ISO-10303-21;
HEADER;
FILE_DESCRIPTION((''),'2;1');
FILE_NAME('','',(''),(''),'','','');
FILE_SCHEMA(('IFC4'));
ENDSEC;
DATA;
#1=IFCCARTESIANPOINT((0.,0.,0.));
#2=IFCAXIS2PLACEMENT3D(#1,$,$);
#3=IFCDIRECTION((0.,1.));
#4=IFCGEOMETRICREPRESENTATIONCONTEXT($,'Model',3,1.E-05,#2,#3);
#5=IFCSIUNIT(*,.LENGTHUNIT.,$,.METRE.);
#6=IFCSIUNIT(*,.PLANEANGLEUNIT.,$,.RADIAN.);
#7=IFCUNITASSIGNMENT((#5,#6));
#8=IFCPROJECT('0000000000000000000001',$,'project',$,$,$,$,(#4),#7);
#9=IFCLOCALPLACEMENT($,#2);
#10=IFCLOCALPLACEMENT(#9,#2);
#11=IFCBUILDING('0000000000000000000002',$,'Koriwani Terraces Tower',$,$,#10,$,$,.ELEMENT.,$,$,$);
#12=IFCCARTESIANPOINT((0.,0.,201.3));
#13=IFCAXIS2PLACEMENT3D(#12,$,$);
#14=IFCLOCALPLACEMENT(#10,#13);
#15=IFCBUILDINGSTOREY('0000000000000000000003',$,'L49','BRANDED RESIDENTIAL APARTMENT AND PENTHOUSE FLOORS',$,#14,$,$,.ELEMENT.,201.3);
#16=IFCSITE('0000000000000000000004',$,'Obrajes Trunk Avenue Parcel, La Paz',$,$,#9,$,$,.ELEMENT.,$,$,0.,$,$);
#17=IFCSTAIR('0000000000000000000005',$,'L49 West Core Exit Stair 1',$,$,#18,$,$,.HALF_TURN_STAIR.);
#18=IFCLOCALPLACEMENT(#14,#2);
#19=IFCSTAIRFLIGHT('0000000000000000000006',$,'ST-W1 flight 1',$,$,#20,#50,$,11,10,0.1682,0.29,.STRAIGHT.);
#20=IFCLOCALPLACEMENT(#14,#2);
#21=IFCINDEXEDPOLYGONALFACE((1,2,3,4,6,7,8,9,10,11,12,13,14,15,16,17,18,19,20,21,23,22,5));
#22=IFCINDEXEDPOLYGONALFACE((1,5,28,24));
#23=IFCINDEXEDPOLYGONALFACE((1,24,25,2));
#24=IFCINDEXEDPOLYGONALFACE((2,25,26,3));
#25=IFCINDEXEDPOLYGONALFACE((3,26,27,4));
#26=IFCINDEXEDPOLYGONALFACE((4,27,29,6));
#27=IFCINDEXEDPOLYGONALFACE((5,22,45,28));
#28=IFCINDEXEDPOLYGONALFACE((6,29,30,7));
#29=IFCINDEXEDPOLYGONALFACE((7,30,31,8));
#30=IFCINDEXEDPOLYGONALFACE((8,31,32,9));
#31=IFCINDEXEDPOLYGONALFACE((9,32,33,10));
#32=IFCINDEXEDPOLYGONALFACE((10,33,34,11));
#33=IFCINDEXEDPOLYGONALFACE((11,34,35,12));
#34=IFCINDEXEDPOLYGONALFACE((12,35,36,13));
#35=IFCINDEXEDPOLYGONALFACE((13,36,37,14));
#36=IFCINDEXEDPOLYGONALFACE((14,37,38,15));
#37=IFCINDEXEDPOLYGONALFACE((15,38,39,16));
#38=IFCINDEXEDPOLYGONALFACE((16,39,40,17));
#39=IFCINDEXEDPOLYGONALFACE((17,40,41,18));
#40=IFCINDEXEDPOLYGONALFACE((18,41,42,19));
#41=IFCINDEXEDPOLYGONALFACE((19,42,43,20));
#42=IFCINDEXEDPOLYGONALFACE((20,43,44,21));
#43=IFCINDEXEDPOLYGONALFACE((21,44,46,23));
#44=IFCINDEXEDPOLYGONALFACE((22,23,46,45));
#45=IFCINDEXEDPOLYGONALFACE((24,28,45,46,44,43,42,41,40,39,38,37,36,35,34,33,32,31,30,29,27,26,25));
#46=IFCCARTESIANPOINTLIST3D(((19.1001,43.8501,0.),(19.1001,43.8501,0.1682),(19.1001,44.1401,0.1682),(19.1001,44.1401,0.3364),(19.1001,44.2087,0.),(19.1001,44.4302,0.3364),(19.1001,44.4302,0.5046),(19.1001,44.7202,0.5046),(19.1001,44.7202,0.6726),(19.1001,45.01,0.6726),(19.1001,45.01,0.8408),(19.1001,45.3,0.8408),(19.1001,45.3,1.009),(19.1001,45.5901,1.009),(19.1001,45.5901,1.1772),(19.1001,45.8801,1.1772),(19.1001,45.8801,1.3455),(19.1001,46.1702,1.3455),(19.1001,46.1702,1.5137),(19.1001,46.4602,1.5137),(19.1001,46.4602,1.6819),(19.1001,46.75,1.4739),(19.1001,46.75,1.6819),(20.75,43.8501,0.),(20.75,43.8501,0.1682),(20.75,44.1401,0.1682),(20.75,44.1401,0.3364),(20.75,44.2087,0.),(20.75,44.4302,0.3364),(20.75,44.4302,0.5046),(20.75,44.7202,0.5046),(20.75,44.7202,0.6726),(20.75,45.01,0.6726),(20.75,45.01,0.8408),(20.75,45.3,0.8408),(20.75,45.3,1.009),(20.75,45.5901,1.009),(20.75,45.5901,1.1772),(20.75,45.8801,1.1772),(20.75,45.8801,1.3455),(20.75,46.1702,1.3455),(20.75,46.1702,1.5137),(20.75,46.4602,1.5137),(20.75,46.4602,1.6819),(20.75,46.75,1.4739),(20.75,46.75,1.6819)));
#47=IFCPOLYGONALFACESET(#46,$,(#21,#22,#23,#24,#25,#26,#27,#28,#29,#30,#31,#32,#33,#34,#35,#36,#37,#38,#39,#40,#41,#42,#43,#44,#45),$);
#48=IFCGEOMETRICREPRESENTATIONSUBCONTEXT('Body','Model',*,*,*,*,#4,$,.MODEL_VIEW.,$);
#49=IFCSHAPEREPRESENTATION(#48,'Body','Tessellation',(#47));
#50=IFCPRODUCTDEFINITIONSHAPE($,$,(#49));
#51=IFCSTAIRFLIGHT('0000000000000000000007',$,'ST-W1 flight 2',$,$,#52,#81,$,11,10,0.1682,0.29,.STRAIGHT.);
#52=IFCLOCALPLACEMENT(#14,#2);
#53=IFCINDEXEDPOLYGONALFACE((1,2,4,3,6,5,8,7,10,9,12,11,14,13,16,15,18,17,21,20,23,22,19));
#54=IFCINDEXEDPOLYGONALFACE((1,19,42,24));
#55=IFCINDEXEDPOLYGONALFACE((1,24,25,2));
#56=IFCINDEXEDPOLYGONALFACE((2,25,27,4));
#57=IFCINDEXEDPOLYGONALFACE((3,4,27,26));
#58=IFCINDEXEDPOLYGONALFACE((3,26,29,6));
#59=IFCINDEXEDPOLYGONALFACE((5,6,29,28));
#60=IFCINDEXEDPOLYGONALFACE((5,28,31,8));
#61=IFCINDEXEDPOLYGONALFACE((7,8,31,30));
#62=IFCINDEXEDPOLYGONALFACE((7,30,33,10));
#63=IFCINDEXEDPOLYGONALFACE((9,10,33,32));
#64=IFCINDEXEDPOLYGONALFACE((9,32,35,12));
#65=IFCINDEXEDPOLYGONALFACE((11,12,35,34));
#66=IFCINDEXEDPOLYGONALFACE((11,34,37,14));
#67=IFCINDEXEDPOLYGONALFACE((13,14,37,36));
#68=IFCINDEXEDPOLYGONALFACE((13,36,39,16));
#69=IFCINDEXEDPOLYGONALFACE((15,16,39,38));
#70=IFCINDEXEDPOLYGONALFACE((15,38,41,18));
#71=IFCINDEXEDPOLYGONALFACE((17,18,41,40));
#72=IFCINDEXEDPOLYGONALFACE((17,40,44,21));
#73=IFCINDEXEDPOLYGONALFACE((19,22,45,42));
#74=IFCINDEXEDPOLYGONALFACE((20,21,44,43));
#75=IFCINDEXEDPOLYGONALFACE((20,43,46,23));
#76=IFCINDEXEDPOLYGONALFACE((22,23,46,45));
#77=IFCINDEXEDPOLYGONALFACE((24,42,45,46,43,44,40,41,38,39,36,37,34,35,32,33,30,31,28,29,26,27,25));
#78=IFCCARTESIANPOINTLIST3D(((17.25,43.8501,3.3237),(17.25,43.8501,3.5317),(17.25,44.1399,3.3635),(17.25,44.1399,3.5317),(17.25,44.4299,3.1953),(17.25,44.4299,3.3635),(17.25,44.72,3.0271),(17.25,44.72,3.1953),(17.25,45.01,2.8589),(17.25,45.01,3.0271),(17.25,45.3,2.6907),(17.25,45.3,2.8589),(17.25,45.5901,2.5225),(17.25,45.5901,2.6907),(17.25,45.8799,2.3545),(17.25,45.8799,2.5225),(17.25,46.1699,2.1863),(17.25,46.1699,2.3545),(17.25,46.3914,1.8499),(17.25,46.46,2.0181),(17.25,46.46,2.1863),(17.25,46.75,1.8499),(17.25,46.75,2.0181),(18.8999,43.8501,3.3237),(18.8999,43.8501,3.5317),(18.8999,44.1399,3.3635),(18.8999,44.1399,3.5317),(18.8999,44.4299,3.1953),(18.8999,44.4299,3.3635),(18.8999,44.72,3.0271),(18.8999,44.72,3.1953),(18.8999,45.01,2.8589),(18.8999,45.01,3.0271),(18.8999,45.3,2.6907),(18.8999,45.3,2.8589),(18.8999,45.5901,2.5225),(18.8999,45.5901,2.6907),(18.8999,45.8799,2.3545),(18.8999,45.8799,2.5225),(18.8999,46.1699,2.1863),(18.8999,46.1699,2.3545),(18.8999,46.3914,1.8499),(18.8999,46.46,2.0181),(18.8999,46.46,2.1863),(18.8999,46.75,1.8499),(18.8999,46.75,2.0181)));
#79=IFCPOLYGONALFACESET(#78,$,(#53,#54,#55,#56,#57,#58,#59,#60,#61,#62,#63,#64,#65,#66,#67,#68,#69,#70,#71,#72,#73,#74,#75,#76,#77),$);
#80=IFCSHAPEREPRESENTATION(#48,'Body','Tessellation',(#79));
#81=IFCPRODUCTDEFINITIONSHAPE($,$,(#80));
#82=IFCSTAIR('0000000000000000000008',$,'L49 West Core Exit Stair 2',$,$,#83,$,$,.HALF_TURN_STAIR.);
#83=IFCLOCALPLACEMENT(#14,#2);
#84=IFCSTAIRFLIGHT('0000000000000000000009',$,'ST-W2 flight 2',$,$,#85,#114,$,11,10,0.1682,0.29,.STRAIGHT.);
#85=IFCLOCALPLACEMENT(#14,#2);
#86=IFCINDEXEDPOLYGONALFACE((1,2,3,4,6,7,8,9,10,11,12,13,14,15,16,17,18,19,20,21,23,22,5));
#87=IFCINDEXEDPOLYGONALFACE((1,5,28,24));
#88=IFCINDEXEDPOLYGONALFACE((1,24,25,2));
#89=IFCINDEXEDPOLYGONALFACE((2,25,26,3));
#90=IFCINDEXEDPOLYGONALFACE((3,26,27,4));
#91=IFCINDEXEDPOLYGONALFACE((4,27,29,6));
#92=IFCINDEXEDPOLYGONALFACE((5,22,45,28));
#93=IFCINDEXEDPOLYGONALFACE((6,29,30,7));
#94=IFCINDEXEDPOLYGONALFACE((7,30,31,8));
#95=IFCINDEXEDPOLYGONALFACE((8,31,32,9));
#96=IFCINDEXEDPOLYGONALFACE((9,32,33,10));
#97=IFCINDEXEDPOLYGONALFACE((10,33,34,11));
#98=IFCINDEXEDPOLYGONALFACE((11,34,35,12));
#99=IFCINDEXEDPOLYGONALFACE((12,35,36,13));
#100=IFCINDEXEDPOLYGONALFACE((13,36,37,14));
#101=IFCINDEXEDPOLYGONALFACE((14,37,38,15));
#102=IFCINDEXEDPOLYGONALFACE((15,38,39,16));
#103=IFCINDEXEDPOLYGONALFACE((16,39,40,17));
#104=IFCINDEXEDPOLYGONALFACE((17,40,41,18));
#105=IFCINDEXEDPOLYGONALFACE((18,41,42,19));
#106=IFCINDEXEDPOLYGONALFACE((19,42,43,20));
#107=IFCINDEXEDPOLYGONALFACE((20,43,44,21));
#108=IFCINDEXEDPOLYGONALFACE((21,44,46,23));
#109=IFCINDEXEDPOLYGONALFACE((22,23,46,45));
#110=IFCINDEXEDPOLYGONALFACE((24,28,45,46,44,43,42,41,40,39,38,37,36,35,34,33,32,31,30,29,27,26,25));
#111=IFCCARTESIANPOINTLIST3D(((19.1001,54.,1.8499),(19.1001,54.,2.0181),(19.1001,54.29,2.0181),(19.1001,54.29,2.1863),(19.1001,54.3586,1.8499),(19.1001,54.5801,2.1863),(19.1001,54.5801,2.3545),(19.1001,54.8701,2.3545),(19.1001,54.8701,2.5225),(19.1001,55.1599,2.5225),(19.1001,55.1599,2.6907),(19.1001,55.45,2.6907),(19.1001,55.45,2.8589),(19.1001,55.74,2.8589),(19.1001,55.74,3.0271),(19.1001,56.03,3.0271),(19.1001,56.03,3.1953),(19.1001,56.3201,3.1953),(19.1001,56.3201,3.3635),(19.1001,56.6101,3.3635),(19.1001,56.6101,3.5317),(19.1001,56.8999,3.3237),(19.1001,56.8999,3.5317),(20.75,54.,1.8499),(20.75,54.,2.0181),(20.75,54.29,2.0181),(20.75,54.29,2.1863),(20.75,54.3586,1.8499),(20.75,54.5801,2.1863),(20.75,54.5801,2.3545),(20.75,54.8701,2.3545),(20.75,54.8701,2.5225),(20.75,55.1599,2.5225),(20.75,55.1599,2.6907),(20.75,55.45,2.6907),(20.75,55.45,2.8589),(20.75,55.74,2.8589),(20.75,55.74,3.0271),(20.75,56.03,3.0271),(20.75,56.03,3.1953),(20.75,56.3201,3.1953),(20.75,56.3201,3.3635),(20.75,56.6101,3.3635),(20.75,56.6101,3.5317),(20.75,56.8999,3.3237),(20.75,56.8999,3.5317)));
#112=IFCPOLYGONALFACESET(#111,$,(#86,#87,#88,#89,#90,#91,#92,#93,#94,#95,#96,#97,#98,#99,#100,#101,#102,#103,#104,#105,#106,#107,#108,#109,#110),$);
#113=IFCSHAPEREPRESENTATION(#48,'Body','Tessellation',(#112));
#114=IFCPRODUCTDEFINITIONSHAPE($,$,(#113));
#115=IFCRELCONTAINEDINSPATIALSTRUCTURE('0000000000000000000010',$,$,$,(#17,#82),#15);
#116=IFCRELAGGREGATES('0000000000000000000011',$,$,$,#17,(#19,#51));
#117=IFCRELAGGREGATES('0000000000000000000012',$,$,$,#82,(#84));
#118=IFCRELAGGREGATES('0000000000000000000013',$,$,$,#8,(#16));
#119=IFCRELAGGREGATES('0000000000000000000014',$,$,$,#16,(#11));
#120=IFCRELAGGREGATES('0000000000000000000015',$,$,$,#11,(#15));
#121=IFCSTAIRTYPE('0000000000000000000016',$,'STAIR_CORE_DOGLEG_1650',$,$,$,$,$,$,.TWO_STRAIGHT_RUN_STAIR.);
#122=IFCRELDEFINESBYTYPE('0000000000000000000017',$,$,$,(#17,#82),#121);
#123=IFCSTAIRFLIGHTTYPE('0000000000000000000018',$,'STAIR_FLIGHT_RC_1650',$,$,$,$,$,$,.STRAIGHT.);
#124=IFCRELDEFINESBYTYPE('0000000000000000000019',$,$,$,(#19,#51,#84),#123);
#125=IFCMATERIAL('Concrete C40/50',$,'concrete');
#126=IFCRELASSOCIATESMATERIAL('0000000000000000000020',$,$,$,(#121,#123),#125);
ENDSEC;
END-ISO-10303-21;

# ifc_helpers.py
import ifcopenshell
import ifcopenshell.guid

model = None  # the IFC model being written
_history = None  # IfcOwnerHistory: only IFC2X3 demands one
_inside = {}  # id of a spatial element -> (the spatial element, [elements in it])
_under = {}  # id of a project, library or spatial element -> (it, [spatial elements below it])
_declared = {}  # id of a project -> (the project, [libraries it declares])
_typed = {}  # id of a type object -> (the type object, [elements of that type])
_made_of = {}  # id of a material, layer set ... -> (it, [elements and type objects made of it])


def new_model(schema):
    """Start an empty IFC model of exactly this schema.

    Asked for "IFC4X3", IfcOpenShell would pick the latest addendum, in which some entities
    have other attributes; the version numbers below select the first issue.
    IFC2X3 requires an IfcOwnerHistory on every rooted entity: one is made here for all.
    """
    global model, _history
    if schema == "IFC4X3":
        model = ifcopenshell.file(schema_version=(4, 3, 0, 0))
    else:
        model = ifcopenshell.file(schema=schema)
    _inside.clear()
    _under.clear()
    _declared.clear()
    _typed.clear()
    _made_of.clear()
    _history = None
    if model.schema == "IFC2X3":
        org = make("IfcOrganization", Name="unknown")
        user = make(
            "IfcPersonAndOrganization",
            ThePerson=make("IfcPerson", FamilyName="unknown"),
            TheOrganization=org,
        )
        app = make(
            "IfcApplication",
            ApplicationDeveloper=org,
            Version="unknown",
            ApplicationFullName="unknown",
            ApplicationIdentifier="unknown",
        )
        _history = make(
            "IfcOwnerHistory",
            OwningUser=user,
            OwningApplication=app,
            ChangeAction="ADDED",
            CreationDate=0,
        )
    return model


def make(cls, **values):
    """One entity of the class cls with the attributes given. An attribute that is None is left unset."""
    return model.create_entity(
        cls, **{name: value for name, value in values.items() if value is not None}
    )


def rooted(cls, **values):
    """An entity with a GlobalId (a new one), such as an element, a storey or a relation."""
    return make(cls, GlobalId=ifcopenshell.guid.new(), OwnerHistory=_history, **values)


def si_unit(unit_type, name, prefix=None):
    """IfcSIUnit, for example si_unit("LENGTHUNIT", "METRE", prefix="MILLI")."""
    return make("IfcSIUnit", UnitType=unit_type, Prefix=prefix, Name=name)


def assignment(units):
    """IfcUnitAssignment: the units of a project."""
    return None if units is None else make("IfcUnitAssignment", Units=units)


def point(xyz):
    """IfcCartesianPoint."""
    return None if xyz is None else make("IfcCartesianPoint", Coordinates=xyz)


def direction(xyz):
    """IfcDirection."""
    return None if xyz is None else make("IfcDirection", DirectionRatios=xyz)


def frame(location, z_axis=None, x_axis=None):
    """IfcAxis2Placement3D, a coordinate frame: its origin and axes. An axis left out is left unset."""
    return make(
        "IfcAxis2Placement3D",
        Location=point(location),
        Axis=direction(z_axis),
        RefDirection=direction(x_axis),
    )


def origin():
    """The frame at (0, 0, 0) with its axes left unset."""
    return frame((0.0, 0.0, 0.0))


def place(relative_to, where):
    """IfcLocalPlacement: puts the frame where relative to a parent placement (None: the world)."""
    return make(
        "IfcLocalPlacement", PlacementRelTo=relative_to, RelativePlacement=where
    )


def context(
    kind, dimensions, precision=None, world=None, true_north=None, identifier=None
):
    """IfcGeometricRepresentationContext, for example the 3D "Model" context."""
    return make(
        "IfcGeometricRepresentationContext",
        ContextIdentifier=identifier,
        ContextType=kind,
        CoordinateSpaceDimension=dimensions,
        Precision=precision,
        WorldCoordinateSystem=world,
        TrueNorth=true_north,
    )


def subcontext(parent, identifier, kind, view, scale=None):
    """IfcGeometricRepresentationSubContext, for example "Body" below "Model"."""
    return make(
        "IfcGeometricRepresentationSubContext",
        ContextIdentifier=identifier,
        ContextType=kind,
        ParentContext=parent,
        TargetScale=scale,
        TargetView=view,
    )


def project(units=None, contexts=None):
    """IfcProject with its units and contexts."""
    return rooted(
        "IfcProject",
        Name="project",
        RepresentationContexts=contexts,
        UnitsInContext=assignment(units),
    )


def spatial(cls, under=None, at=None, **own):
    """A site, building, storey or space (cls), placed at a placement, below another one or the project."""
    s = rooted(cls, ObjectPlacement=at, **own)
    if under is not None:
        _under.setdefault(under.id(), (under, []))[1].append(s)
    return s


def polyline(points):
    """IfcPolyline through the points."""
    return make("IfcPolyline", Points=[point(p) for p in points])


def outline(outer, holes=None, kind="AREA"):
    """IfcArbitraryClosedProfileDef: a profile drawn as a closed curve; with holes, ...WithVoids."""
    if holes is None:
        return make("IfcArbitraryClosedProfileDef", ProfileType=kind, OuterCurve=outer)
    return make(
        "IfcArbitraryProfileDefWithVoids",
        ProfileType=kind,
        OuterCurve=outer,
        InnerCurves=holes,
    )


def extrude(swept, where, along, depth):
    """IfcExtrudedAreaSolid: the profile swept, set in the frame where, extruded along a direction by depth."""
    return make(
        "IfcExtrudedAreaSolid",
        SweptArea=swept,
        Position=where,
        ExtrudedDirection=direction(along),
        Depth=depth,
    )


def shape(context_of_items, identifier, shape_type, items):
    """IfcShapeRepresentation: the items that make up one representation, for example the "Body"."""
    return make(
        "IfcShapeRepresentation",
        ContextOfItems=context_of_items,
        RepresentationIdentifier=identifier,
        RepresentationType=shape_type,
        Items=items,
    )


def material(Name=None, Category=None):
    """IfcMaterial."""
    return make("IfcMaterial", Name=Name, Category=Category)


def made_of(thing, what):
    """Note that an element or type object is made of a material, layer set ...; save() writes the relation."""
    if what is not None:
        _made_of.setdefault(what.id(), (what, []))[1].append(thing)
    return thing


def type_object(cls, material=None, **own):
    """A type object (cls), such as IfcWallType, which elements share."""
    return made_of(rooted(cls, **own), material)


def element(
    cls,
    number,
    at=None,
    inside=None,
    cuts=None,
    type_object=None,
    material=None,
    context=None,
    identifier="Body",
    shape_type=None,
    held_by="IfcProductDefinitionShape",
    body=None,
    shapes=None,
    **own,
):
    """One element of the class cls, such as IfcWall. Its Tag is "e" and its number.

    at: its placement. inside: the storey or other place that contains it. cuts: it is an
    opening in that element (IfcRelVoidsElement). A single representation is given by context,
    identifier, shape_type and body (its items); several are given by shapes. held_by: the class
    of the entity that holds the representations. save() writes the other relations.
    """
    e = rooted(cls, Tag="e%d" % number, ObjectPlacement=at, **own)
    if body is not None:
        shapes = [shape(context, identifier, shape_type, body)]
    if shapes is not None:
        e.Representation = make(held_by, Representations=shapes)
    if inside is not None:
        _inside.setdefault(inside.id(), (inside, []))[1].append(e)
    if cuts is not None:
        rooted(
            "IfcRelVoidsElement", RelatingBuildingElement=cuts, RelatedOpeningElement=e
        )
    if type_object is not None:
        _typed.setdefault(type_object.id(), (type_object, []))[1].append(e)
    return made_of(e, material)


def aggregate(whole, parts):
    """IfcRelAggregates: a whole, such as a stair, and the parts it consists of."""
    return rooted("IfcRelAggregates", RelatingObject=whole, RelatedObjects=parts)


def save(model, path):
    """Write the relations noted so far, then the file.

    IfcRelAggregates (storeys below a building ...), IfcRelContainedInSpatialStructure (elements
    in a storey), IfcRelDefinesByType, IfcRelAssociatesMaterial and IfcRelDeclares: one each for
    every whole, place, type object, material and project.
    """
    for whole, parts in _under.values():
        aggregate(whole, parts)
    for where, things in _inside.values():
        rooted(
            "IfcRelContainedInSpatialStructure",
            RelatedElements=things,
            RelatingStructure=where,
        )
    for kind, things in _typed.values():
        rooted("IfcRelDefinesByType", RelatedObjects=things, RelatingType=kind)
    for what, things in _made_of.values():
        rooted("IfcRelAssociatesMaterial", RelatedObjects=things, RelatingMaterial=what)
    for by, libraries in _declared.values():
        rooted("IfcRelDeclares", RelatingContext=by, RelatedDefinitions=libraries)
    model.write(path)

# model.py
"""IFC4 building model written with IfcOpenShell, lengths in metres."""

from ifc_helpers import new_model, si_unit, direction, frame, origin, place, context, subcontext, project, spatial, polyline, outline, extrude, material, type_object, element, aggregate, save


model = new_model("IFC4")

# Units and contexts
model_context = context("Model", 3, precision=1e-05, world=origin(), true_north=direction((0.0, 1.0)))
body_context = subcontext(model_context, "Body", "Model", "MODEL_VIEW")
ifc_project = project(units=[si_unit("LENGTHUNIT", "METRE"), si_unit("PLANEANGLEUNIT", "RADIAN")], contexts=[model_context])

# Site, building, storey
site_placement = place(None, origin())
site = spatial("IfcSite", under=ifc_project, at=site_placement, Name="Obrajes Trunk Avenue Parcel, La Paz", CompositionType="ELEMENT", RefElevation=0.0)
building_placement = place(site_placement, origin())
building = spatial("IfcBuilding", under=site, at=building_placement, Name="Koriwani Terraces Tower", CompositionType="ELEMENT")
storey_placement = place(building_placement, frame((0.0, 0.0, 201.3)))
storey = spatial("IfcBuildingStorey", under=building, at=storey_placement, Name="L49", Description="BRANDED RESIDENTIAL APARTMENT AND PENTHOUSE FLOORS", CompositionType="ELEMENT", Elevation=201.3)

# Shared definitions
ifc_material_1 = material(Name="Concrete C40/50", Category="concrete")

# Stair, stair flights
stair_type = type_object("IfcStairType", Name="STAIR_CORE_DOGLEG_1650", PredefinedType="TWO_STRAIGHT_RUN_STAIR", material=ifc_material_1)
stair_1_placement = place(storey_placement, origin())
stair_1 = element("IfcStair", 1, at=stair_1_placement, inside=storey, type_object=stair_type, Name="L49 West Core Exit Stair 1", PredefinedType="HALF_TURN_STAIR")
stair_flight_type = type_object("IfcStairFlightType", Name="STAIR_FLIGHT_RC_1650", PredefinedType="STRAIGHT", material=ifc_material_1)
stair_flight_1_placement = place(storey_placement, frame((19.925, 43.8501, 0.0), z_axis=(0.0, 0.0, 1.0), x_axis=(0.0, 1.0, 0.0)))
stair_flight_1 = element("IfcStairFlight", 2, at=stair_flight_1_placement, type_object=stair_flight_type, Name="ST-W1 flight 1", NumberOfRisers=11, NumberOfTreads=10, PredefinedType="STRAIGHT", RiserHeight=0.1682, TreadLength=0.29, context=body_context, shape_type="SweptSolid", body=[
    extrude(outline(polyline([(0.0, 0.0), (0.0, 0.1682), (0.29, 0.1682), (0.29, 0.3364), (0.5801, 0.3364), (0.5801, 0.5046), (0.8701, 0.5046), (0.8701, 0.6726), (1.1599, 0.6726), (1.1599, 0.8408), (1.45, 0.8408), (1.45, 1.009), (1.74, 1.009), (1.74, 1.1772), (2.03, 1.1772), (2.03, 1.3455), (2.3201, 1.3455), (2.3201, 1.5137), (2.6101, 1.5137), (2.6101, 1.6819), (2.8999, 1.6819), (2.8999, 1.8501), (2.8999, 1.4739), (0.3586, 0.0), (0.0, 0.0)])), frame((0.0, 0.825, 0.0), z_axis=(0.0, -1.0, 0.0), x_axis=(1.0, 0.0, 0.0)), (0.0, 0.0, 1.0), 1.6499),
])
stair_flight_2_placement = place(storey_placement, frame((18.075, 46.75, 1.8499), z_axis=(0.0, 0.0, 1.0), x_axis=(0.0, -1.0, 0.0)))
stair_flight_2 = element("IfcStairFlight", 3, at=stair_flight_2_placement, type_object=stair_flight_type, Name="ST-W1 flight 2", NumberOfRisers=11, NumberOfTreads=10, PredefinedType="STRAIGHT", RiserHeight=0.1682, TreadLength=0.29, context=body_context, shape_type="SweptSolid", body=[
    extrude(outline(polyline([(0.0, 0.0), (0.0, 0.1682), (0.29, 0.1682), (0.29, 0.3364), (0.5801, 0.3364), (0.5801, 0.5046), (0.8701, 0.5046), (0.8701, 0.6726), (1.1599, 0.6726), (1.1599, 0.8408), (1.45, 0.8408), (1.45, 1.009), (1.74, 1.009), (1.74, 1.1772), (2.03, 1.1772), (2.03, 1.3455), (2.3201, 1.3455), (2.3201, 1.5137), (2.6101, 1.5137), (2.6101, 1.6819), (2.8999, 1.6819), (2.8999, 1.8501), (2.8999, 1.4739), (0.3586, 0.0), (0.0, 0.0)])), frame((0.0, 0.825, 0.0), z_axis=(0.0, -1.0, 0.0), x_axis=(1.0, 0.0, 0.0)), (0.0, 0.0, 1.0), 1.6499),
])
aggregate(stair_1, [stair_flight_1, stair_flight_2])

# Stair, stair flight
stair_2_placement = place(storey_placement, origin())
stair_2 = element("IfcStair", 4, at=stair_2_placement, inside=storey, type_object=stair_type, Name="L49 West Core Exit Stair 2", PredefinedType="HALF_TURN_STAIR")
stair_flight_3_placement = place(storey_placement, frame((19.925, 54.0, 1.8499), z_axis=(0.0, 0.0, 1.0), x_axis=(0.0, 1.0, 0.0)))
stair_flight_3 = element("IfcStairFlight", 5, at=stair_flight_3_placement, type_object=stair_flight_type, Name="ST-W2 flight 2", NumberOfRisers=11, NumberOfTreads=10, PredefinedType="STRAIGHT", RiserHeight=0.1682, TreadLength=0.29, context=body_context, shape_type="SweptSolid", body=[
    extrude(outline(polyline([(0.0, 0.0), (0.0, 0.1682), (0.29, 0.1682), (0.29, 0.3364), (0.5801, 0.3364), (0.5801, 0.5046), (0.8701, 0.5046), (0.8701, 0.6726), (1.1599, 0.6726), (1.1599, 0.8408), (1.45, 0.8408), (1.45, 1.009), (1.74, 1.009), (1.74, 1.1772), (2.03, 1.1772), (2.03, 1.3455), (2.3201, 1.3455), (2.3201, 1.5137), (2.6101, 1.5137), (2.6101, 1.6819), (2.8999, 1.6819), (2.8999, 1.8501), (2.8999, 1.4739), (0.3586, 0.0), (0.0, 0.0)])), frame((0.0, 0.825, 0.0), z_axis=(0.0, -1.0, 0.0), x_axis=(1.0, 0.0, 0.0)), (0.0, 0.0, 1.0), 1.6499),
])
aggregate(stair_2, [stair_flight_3])

save(model, "model.ifc")
